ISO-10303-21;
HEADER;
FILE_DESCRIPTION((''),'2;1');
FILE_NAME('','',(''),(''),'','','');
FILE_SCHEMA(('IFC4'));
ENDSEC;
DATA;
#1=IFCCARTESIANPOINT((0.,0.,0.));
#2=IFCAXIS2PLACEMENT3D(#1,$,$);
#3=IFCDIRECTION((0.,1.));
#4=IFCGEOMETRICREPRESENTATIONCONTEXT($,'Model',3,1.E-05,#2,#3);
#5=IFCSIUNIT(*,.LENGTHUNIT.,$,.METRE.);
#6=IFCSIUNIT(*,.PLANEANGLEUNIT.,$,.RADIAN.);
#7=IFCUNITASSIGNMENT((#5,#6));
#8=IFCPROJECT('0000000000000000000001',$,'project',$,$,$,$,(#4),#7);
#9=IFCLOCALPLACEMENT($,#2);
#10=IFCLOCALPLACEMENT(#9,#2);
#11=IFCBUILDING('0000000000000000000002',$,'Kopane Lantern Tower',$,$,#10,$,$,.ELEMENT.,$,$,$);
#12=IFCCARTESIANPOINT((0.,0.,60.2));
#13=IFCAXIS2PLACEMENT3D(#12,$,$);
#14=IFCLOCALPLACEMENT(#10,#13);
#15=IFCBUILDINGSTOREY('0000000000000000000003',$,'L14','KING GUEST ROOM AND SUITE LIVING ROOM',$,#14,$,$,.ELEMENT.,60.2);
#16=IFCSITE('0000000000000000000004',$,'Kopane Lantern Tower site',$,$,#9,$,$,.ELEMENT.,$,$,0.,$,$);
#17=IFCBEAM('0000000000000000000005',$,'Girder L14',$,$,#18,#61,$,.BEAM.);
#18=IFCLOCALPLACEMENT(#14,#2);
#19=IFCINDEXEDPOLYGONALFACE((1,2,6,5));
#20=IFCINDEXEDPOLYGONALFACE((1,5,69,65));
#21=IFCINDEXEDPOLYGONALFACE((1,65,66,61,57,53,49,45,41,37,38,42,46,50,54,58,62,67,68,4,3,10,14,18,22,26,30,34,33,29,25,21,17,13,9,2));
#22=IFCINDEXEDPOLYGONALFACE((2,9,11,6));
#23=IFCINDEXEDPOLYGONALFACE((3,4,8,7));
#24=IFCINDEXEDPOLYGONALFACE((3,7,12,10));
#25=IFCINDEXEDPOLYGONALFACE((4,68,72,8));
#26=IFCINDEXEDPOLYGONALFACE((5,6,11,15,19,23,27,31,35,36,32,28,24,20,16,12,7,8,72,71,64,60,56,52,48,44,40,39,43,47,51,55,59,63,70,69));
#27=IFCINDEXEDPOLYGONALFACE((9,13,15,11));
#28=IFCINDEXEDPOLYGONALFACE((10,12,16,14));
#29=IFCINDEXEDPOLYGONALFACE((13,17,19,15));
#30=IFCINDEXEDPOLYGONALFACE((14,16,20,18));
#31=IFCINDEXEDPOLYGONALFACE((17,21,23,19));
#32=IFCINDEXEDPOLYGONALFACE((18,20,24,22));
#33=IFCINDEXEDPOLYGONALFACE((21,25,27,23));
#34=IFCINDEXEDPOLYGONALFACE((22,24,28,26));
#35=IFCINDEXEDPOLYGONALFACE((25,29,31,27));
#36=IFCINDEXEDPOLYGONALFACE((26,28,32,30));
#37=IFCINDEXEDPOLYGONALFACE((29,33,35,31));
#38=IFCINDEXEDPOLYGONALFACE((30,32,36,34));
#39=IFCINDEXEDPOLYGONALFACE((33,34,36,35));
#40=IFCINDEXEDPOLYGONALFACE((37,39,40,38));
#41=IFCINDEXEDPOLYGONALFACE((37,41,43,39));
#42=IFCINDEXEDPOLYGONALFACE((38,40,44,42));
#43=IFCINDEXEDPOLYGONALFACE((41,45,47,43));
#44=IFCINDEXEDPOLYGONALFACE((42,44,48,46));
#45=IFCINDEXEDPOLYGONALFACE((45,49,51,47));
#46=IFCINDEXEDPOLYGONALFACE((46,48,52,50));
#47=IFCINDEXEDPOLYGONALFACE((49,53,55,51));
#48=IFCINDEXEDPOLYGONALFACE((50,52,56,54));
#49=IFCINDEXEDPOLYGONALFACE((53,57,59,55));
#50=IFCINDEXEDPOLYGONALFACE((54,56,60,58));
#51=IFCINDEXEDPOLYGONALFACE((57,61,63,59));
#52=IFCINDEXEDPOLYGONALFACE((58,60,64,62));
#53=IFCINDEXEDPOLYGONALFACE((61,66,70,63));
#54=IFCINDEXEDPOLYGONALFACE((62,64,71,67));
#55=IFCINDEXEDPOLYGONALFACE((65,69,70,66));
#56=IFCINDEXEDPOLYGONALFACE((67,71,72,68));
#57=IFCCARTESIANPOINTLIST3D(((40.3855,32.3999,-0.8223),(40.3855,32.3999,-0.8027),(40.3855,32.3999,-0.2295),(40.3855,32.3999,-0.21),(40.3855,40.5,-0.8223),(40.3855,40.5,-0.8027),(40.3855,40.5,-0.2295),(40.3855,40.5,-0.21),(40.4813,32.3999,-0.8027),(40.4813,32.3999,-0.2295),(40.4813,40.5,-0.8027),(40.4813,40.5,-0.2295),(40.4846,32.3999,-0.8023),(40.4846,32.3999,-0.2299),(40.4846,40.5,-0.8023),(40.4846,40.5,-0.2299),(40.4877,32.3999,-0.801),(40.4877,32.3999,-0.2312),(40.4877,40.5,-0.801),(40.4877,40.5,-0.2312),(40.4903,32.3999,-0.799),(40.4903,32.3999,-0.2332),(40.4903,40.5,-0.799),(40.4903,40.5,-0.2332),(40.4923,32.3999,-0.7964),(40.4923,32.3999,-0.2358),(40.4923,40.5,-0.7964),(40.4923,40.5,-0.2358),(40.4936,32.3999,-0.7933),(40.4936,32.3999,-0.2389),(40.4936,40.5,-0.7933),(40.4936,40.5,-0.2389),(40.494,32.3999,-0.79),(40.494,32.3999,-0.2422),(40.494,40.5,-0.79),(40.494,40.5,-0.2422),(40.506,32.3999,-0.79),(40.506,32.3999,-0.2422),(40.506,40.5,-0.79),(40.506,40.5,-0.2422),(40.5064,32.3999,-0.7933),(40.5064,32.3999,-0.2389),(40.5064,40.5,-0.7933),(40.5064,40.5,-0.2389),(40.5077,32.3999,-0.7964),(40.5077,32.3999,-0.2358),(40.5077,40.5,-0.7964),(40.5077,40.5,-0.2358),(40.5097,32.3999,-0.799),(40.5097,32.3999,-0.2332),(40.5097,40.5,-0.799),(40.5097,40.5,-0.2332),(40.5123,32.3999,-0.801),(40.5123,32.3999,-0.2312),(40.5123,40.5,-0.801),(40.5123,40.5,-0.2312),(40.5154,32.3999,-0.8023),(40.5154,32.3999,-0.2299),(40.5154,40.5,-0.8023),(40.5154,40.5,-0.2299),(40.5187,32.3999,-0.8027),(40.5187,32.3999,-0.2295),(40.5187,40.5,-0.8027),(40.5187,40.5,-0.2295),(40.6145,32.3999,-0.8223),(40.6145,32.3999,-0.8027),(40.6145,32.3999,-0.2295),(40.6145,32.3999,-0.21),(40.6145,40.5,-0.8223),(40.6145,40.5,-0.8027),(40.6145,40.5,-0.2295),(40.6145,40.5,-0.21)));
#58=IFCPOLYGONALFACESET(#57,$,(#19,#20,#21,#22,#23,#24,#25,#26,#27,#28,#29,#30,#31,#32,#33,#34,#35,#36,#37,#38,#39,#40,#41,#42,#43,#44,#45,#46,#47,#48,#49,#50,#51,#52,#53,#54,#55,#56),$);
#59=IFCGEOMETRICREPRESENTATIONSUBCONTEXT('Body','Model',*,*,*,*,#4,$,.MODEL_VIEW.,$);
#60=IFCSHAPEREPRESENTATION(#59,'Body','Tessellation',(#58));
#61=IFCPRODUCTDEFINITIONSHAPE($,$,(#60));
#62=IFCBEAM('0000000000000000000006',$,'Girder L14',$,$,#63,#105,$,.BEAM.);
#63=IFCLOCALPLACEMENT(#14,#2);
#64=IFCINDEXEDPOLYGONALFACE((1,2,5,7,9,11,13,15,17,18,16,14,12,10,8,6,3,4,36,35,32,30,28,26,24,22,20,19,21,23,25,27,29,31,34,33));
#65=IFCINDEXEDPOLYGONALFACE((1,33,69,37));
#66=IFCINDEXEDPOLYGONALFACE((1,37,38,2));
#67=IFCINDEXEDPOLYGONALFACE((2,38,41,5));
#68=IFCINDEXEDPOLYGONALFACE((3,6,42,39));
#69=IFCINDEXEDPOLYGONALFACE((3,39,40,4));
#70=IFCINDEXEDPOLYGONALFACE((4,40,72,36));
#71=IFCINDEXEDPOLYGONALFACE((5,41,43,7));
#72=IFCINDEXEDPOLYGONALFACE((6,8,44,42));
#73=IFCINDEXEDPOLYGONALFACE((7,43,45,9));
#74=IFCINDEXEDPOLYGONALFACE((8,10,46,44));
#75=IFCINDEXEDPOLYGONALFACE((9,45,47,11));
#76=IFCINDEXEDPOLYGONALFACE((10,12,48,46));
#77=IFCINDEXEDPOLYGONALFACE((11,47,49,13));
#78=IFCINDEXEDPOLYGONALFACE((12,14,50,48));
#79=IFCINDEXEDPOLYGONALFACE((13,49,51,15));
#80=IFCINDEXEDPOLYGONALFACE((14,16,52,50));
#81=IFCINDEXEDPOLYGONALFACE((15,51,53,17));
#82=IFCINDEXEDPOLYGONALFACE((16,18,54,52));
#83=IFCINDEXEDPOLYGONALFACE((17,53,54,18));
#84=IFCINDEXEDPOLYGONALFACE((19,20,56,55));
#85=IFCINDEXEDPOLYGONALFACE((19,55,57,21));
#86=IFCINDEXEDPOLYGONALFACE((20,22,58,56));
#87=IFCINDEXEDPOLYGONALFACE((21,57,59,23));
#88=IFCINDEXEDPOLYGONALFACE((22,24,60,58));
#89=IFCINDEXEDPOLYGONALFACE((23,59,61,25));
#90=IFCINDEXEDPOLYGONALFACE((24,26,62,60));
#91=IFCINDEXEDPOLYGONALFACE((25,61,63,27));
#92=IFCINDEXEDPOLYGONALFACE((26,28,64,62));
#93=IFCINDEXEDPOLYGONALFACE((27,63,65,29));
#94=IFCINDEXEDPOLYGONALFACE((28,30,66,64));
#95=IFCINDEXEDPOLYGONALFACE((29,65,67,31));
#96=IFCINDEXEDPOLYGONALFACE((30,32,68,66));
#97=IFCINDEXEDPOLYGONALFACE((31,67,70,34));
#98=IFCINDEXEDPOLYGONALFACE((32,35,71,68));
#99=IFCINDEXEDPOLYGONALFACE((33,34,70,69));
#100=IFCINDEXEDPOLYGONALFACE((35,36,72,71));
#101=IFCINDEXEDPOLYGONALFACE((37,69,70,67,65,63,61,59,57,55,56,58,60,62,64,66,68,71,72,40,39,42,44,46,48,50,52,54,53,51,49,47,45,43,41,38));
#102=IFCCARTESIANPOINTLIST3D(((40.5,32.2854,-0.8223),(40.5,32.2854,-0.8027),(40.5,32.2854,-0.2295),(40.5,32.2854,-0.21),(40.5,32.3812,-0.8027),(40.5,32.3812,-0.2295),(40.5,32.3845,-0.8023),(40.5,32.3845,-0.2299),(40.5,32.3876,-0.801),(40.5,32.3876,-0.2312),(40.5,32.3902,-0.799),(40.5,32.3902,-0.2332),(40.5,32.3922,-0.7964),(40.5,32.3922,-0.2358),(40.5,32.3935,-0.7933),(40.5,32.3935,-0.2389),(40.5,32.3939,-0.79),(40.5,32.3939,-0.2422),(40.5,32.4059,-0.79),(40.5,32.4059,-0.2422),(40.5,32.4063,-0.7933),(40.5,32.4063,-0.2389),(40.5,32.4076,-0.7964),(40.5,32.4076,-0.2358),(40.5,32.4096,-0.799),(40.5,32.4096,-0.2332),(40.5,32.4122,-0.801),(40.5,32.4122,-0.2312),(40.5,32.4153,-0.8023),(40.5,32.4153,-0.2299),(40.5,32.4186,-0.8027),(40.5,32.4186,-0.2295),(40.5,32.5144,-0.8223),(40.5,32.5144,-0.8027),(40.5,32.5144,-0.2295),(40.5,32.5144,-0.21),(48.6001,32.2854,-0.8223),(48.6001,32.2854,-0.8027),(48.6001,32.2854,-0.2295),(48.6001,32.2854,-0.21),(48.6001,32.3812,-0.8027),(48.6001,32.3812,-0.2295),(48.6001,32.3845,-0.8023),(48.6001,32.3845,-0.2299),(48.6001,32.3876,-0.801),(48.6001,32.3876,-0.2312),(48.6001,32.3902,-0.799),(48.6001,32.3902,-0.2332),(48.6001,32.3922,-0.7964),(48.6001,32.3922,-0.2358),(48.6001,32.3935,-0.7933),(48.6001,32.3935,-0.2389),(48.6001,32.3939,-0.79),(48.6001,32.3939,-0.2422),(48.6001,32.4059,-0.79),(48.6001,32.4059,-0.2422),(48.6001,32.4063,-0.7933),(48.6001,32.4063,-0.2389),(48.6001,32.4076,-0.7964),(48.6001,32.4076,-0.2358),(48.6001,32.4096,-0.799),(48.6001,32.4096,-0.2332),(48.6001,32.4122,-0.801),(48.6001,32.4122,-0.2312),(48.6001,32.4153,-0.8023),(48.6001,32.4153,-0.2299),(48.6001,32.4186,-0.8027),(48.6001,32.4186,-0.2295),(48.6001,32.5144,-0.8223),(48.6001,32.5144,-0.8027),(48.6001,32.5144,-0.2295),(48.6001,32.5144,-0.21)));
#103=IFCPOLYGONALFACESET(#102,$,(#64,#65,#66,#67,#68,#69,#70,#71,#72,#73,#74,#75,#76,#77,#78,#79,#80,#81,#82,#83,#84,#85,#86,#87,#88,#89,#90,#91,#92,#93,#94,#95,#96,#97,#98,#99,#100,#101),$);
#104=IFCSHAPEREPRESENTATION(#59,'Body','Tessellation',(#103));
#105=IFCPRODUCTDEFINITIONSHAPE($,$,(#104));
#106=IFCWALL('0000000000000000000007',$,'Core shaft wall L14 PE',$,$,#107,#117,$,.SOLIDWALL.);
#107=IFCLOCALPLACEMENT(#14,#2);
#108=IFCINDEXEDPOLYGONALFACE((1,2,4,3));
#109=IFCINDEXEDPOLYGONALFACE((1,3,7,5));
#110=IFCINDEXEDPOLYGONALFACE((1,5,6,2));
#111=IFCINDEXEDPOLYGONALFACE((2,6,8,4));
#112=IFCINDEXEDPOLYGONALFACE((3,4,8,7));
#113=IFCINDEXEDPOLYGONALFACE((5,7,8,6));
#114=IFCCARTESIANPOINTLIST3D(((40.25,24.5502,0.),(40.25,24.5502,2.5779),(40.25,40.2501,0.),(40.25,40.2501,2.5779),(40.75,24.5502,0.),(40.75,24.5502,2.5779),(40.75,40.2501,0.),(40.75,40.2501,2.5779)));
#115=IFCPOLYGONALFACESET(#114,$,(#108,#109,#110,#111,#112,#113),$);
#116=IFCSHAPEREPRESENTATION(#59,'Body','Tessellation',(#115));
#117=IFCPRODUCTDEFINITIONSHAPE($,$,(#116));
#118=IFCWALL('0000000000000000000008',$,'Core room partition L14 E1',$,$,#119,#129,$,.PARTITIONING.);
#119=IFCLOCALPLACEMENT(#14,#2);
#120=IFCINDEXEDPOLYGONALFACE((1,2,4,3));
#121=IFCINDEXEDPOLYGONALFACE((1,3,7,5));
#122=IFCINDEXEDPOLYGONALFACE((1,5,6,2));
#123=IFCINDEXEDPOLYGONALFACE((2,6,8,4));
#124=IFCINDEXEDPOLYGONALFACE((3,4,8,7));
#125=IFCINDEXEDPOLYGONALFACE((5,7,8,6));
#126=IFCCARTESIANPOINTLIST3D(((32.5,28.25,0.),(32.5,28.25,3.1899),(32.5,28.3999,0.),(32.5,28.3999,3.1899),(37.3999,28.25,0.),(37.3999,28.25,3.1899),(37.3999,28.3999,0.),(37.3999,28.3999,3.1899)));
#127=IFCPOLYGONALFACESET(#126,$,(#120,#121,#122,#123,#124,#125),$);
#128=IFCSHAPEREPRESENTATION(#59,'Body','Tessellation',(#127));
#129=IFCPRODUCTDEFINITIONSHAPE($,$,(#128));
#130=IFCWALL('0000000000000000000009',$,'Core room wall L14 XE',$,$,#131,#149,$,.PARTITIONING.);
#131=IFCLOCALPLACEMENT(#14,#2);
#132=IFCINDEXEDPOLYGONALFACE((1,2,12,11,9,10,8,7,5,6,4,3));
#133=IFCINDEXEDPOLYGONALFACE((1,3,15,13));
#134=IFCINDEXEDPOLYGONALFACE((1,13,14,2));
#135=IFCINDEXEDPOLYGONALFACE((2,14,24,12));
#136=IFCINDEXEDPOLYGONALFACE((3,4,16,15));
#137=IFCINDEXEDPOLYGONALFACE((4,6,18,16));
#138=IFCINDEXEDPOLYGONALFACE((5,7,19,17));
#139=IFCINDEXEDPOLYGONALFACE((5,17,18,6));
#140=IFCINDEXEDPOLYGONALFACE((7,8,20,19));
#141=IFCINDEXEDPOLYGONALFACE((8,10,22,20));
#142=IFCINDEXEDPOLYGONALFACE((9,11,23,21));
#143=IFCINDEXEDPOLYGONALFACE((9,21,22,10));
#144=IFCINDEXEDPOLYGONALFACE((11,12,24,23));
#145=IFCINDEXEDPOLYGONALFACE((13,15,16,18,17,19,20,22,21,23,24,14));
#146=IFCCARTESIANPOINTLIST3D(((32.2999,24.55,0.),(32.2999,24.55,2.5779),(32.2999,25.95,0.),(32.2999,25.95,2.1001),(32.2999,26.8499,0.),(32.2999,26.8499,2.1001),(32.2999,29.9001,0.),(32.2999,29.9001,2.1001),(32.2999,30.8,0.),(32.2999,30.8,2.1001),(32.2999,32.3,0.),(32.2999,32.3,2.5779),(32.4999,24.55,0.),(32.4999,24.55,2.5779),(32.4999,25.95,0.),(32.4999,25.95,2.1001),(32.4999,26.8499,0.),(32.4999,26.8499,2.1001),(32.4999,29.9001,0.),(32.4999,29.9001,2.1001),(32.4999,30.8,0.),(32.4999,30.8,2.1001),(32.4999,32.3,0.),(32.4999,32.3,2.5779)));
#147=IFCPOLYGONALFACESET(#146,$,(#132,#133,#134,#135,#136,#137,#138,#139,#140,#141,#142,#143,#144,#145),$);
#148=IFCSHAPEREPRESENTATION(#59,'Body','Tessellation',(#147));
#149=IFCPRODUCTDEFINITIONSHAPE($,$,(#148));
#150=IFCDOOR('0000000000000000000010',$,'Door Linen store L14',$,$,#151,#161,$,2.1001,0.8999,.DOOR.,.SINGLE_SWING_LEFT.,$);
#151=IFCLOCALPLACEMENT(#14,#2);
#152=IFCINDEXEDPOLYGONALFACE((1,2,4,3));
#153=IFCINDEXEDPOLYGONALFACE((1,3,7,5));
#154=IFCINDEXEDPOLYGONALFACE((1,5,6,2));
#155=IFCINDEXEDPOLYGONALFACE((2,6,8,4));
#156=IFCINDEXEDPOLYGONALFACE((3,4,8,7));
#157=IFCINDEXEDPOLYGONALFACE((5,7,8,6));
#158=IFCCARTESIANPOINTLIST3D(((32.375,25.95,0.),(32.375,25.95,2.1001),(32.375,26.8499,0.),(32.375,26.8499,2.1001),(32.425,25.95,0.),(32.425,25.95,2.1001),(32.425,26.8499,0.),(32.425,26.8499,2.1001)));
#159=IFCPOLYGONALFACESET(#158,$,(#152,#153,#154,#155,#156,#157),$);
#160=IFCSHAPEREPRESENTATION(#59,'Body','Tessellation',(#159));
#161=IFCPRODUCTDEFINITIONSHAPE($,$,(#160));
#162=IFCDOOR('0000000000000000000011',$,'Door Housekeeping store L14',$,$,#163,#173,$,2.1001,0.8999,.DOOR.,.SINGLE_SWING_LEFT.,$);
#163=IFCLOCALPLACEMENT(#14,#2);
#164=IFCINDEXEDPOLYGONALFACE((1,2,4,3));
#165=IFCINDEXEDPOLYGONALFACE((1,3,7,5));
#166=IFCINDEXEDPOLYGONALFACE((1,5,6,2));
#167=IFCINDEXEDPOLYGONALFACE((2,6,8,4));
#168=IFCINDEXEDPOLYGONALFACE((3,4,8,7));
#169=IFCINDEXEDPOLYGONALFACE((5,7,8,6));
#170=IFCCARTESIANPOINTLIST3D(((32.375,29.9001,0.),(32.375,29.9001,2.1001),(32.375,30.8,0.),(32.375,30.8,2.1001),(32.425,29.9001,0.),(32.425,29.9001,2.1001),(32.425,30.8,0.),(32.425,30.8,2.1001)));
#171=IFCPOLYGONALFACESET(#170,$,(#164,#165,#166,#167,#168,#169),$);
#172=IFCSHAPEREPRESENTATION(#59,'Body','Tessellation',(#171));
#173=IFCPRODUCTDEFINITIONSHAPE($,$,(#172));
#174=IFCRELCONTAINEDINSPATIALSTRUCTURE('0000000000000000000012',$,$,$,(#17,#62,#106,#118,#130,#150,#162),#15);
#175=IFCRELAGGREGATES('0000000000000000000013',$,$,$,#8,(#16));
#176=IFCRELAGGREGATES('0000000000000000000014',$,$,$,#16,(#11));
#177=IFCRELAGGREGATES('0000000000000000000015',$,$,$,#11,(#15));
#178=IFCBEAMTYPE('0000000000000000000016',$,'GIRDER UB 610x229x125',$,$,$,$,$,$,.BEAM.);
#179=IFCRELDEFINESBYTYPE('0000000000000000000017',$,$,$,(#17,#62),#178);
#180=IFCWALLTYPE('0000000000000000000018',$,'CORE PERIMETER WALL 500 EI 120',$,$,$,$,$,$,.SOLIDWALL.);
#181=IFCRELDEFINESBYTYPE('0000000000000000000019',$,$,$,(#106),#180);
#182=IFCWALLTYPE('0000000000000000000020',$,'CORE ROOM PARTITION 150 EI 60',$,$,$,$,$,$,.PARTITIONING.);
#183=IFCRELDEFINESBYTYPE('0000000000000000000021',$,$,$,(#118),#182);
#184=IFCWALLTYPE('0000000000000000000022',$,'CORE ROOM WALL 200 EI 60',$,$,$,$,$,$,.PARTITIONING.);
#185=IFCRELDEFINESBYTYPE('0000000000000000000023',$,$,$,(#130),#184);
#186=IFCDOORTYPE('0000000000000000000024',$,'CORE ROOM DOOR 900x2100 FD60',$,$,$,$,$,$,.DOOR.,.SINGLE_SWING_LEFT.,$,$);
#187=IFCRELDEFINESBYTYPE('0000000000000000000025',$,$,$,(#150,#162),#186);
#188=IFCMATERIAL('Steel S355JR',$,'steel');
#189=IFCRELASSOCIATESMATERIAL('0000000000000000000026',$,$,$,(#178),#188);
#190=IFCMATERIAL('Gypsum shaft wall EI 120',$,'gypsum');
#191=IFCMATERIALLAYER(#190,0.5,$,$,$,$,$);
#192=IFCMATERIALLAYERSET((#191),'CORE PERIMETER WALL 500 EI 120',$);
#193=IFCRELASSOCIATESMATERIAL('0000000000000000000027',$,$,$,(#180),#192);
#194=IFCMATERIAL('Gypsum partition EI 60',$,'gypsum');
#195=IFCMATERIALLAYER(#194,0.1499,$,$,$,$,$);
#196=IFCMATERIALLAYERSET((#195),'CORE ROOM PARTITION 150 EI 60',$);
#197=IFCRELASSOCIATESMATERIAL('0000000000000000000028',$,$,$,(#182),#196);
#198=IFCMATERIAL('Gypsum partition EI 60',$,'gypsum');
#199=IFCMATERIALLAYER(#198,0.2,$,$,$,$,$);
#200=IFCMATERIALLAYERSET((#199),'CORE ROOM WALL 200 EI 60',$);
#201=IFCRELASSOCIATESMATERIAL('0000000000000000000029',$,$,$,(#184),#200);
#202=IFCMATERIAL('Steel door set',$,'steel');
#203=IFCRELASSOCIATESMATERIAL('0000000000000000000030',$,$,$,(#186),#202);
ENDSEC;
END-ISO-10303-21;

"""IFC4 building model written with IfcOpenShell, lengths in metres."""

from ifc_helpers import new_model, si_unit, direction, frame, frame_2d, origin, origin_2d, place, context, subcontext, project, spatial, rectangle, i_section, extrude, material, layer, layer_set, material_profile, profile_set, type_object, element, fill, save


model = new_model("IFC4")

# Units and contexts
model_context = context("Model", 3, precision=1e-05, world=origin(), true_north=direction((0.0, 1.0)))
body_context = subcontext(model_context, "Body", "Model", "MODEL_VIEW")
ifc_project = project(units=[si_unit("LENGTHUNIT", "METRE"), si_unit("PLANEANGLEUNIT", "RADIAN")], contexts=[model_context])

# Site, building, storey
site_placement = place(None, origin())
site = spatial("IfcSite", under=ifc_project, at=site_placement, Name="Kopane Lantern Tower site", CompositionType="ELEMENT", RefElevation=0.0)
building_placement = place(site_placement, origin())
building = spatial("IfcBuilding", under=site, at=building_placement, Name="Kopane Lantern Tower", CompositionType="ELEMENT")
storey_placement = place(building_placement, frame((0.0, 0.0, 60.2)))
storey = spatial("IfcBuildingStorey", under=building, at=storey_placement, Name="L14", Description="KING GUEST ROOM AND SUITE LIVING ROOM", CompositionType="ELEMENT", Elevation=60.2)

# Beams
ifc_material_1 = material(Name="Steel S355JR", Category="steel")
ifc_material_profile_1 = material_profile(ifc_material_1, i_section(OverallWidth=0.229, OverallDepth=0.6123, WebThickness=0.012, FlangeThickness=0.0195, FilletRadius=0.0127, at=origin_2d()), Name="UB 610x229x125")
ifc_profile_set_1 = profile_set([ifc_material_profile_1], Name="Steel S355JR")
beam_type_1 = type_object("IfcBeamType", Name="GIRDER UB 610x229x125", PredefinedType="BEAM", material=ifc_profile_set_1)
for number, where, z_axis, x_axis, name in (
    (1, (40.5, 32.3999, -0.5161), (0.0, 1.0, 0.0), (-1.0, 0.0, 0.0), "Girder L14"),
    (2, (40.5, 32.3999, -0.5161), (1.0, 0.0, 0.0), (0.0, 1.0, 0.0), "Girder L14"),
):
    element("IfcBeam", number, at=place(storey_placement, frame(where, z_axis=z_axis, x_axis=x_axis)), inside=storey, type_object=beam_type_1, Name=name, PredefinedType="BEAM", context=body_context, shape_type="SweptSolid", body=[
        extrude(i_section(OverallWidth=0.229, OverallDepth=0.6123, WebThickness=0.012, FlangeThickness=0.0195, FilletRadius=0.0127, at=origin_2d()), origin(), (0.0, 0.0, 1.0), 8.1001),
    ])

# Walls
ifc_material_2 = material(Name="Gypsum shaft wall EI 120", Category="gypsum")
ifc_layer_1 = layer(ifc_material_2, 0.5)
ifc_layer_set_1 = layer_set([ifc_layer_1], Name="CORE PERIMETER WALL 500 EI 120")
wall_type_1 = type_object("IfcWallType", Name="CORE PERIMETER WALL 500 EI 120", PredefinedType="SOLIDWALL", material=ifc_layer_set_1)
wall_1_placement = place(storey_placement, frame((40.5, 24.55, 0.0), z_axis=(0.0, 0.0, 1.0), x_axis=(0.0, 1.0, 0.0)))
element("IfcWall", 3, at=wall_1_placement, inside=storey, type_object=wall_type_1, Name="Core shaft wall L14 PE", PredefinedType="SOLIDWALL", context=body_context, shape_type="SweptSolid", body=[
    extrude(rectangle(XDim=15.7, YDim=0.5, at=frame_2d((7.8501, 0.0))), origin(), (0.0, 0.0, 1.0), 2.5779),
])
ifc_material_3 = material(Name="Gypsum partition EI 60", Category="gypsum")
ifc_layer_2 = layer(ifc_material_3, 0.1499)
ifc_layer_set_2 = layer_set([ifc_layer_2], Name="CORE ROOM PARTITION 150 EI 60")
wall_type_2 = type_object("IfcWallType", Name="CORE ROOM PARTITION 150 EI 60", PredefinedType="PARTITIONING", material=ifc_layer_set_2)
wall_2_placement = place(storey_placement, frame((32.5, 28.325, 0.0), z_axis=(0.0, 0.0, 1.0), x_axis=(1.0, 0.0, 0.0)))
element("IfcWall", 4, at=wall_2_placement, inside=storey, type_object=wall_type_2, Name="Core room partition L14 E1", PredefinedType="PARTITIONING", context=body_context, shape_type="SweptSolid", body=[
    extrude(rectangle(XDim=4.8999, YDim=0.1499, at=frame_2d((2.45, 0.0))), origin(), (0.0, 0.0, 1.0), 3.1899),
])

# Wall, openings, doors
ifc_material_4 = material(Name="Gypsum partition EI 60", Category="gypsum")
ifc_layer_3 = layer(ifc_material_4, 0.2)
ifc_layer_set_3 = layer_set([ifc_layer_3], Name="CORE ROOM WALL 200 EI 60")
wall_type_3 = type_object("IfcWallType", Name="CORE ROOM WALL 200 EI 60", PredefinedType="PARTITIONING", material=ifc_layer_set_3)
wall_3_placement = place(storey_placement, frame((32.3999, 24.55, 0.0), z_axis=(0.0, 0.0, 1.0), x_axis=(0.0, 1.0, 0.0)))
wall_3 = element("IfcWall", 5, at=wall_3_placement, inside=storey, type_object=wall_type_3, Name="Core room wall L14 XE", PredefinedType="PARTITIONING", context=body_context, shape_type="SweptSolid", body=[
    extrude(rectangle(XDim=7.75, YDim=0.2, at=frame_2d((3.875, 0.0))), origin(), (0.0, 0.0, 1.0), 2.5779),
])
opening_1_placement = place(wall_3_placement, frame((1.3999, 0.0, 0.0)))
opening_1 = element("IfcOpeningElement", 6, at=opening_1_placement, cuts=wall_3, PredefinedType="OPENING", context=body_context, shape_type="SweptSolid", body=[
    extrude(rectangle(XDim=0.8999, YDim=2.1001, at=frame_2d((0.45, 1.05))), frame((0.0, 0.1099, 0.0), z_axis=(0.0, -1.0, 0.0), x_axis=(1.0, 0.0, 0.0)), (0.0, 0.0, 1.0), 0.22),
])
opening_2_placement = place(wall_3_placement, frame((5.3501, 0.0, 0.0)))
opening_2 = element("IfcOpeningElement", 7, at=opening_2_placement, cuts=wall_3, PredefinedType="OPENING", context=body_context, shape_type="SweptSolid", body=[
    extrude(rectangle(XDim=0.8999, YDim=2.1001, at=frame_2d((0.45, 1.05))), frame((0.0, 0.1099, 0.0), z_axis=(0.0, -1.0, 0.0), x_axis=(1.0, 0.0, 0.0)), (0.0, 0.0, 1.0), 0.22),
])
ifc_material_5 = material(Name="Steel door set", Category="steel")
door_type_1 = type_object("IfcDoorType", Name="CORE ROOM DOOR 900x2100 FD60", OperationType="SINGLE_SWING_LEFT", PredefinedType="DOOR", material=ifc_material_5)
door_1_placement = place(opening_1_placement, origin())
door_1 = element("IfcDoor", 8, at=door_1_placement, inside=storey, type_object=door_type_1, Name="Door Linen store L14", OperationType="SINGLE_SWING_LEFT", OverallHeight=2.1001, OverallWidth=0.8999, PredefinedType="DOOR", context=body_context, shape_type="SweptSolid", body=[
    extrude(rectangle(XDim=0.8999, YDim=2.1001, at=frame_2d((0.45, 1.05))), frame((0.0, 0.0249, 0.0), z_axis=(0.0, -1.0, 0.0), x_axis=(1.0, 0.0, 0.0)), (0.0, 0.0, 1.0), 0.05),
])
fill(opening_1, door_1)
door_2_placement = place(opening_2_placement, origin())
door_2 = element("IfcDoor", 9, at=door_2_placement, inside=storey, type_object=door_type_1, Name="Door Housekeeping store L14", OperationType="SINGLE_SWING_LEFT", OverallHeight=2.1001, OverallWidth=0.8999, PredefinedType="DOOR", context=body_context, shape_type="SweptSolid", body=[
    extrude(rectangle(XDim=0.8999, YDim=2.1001, at=frame_2d((0.45, 1.05))), frame((0.0, 0.0249, 0.0), z_axis=(0.0, -1.0, 0.0), x_axis=(1.0, 0.0, 0.0)), (0.0, 0.0, 1.0), 0.05),
])
fill(opening_2, door_2)

save(model, "model.ifc")
